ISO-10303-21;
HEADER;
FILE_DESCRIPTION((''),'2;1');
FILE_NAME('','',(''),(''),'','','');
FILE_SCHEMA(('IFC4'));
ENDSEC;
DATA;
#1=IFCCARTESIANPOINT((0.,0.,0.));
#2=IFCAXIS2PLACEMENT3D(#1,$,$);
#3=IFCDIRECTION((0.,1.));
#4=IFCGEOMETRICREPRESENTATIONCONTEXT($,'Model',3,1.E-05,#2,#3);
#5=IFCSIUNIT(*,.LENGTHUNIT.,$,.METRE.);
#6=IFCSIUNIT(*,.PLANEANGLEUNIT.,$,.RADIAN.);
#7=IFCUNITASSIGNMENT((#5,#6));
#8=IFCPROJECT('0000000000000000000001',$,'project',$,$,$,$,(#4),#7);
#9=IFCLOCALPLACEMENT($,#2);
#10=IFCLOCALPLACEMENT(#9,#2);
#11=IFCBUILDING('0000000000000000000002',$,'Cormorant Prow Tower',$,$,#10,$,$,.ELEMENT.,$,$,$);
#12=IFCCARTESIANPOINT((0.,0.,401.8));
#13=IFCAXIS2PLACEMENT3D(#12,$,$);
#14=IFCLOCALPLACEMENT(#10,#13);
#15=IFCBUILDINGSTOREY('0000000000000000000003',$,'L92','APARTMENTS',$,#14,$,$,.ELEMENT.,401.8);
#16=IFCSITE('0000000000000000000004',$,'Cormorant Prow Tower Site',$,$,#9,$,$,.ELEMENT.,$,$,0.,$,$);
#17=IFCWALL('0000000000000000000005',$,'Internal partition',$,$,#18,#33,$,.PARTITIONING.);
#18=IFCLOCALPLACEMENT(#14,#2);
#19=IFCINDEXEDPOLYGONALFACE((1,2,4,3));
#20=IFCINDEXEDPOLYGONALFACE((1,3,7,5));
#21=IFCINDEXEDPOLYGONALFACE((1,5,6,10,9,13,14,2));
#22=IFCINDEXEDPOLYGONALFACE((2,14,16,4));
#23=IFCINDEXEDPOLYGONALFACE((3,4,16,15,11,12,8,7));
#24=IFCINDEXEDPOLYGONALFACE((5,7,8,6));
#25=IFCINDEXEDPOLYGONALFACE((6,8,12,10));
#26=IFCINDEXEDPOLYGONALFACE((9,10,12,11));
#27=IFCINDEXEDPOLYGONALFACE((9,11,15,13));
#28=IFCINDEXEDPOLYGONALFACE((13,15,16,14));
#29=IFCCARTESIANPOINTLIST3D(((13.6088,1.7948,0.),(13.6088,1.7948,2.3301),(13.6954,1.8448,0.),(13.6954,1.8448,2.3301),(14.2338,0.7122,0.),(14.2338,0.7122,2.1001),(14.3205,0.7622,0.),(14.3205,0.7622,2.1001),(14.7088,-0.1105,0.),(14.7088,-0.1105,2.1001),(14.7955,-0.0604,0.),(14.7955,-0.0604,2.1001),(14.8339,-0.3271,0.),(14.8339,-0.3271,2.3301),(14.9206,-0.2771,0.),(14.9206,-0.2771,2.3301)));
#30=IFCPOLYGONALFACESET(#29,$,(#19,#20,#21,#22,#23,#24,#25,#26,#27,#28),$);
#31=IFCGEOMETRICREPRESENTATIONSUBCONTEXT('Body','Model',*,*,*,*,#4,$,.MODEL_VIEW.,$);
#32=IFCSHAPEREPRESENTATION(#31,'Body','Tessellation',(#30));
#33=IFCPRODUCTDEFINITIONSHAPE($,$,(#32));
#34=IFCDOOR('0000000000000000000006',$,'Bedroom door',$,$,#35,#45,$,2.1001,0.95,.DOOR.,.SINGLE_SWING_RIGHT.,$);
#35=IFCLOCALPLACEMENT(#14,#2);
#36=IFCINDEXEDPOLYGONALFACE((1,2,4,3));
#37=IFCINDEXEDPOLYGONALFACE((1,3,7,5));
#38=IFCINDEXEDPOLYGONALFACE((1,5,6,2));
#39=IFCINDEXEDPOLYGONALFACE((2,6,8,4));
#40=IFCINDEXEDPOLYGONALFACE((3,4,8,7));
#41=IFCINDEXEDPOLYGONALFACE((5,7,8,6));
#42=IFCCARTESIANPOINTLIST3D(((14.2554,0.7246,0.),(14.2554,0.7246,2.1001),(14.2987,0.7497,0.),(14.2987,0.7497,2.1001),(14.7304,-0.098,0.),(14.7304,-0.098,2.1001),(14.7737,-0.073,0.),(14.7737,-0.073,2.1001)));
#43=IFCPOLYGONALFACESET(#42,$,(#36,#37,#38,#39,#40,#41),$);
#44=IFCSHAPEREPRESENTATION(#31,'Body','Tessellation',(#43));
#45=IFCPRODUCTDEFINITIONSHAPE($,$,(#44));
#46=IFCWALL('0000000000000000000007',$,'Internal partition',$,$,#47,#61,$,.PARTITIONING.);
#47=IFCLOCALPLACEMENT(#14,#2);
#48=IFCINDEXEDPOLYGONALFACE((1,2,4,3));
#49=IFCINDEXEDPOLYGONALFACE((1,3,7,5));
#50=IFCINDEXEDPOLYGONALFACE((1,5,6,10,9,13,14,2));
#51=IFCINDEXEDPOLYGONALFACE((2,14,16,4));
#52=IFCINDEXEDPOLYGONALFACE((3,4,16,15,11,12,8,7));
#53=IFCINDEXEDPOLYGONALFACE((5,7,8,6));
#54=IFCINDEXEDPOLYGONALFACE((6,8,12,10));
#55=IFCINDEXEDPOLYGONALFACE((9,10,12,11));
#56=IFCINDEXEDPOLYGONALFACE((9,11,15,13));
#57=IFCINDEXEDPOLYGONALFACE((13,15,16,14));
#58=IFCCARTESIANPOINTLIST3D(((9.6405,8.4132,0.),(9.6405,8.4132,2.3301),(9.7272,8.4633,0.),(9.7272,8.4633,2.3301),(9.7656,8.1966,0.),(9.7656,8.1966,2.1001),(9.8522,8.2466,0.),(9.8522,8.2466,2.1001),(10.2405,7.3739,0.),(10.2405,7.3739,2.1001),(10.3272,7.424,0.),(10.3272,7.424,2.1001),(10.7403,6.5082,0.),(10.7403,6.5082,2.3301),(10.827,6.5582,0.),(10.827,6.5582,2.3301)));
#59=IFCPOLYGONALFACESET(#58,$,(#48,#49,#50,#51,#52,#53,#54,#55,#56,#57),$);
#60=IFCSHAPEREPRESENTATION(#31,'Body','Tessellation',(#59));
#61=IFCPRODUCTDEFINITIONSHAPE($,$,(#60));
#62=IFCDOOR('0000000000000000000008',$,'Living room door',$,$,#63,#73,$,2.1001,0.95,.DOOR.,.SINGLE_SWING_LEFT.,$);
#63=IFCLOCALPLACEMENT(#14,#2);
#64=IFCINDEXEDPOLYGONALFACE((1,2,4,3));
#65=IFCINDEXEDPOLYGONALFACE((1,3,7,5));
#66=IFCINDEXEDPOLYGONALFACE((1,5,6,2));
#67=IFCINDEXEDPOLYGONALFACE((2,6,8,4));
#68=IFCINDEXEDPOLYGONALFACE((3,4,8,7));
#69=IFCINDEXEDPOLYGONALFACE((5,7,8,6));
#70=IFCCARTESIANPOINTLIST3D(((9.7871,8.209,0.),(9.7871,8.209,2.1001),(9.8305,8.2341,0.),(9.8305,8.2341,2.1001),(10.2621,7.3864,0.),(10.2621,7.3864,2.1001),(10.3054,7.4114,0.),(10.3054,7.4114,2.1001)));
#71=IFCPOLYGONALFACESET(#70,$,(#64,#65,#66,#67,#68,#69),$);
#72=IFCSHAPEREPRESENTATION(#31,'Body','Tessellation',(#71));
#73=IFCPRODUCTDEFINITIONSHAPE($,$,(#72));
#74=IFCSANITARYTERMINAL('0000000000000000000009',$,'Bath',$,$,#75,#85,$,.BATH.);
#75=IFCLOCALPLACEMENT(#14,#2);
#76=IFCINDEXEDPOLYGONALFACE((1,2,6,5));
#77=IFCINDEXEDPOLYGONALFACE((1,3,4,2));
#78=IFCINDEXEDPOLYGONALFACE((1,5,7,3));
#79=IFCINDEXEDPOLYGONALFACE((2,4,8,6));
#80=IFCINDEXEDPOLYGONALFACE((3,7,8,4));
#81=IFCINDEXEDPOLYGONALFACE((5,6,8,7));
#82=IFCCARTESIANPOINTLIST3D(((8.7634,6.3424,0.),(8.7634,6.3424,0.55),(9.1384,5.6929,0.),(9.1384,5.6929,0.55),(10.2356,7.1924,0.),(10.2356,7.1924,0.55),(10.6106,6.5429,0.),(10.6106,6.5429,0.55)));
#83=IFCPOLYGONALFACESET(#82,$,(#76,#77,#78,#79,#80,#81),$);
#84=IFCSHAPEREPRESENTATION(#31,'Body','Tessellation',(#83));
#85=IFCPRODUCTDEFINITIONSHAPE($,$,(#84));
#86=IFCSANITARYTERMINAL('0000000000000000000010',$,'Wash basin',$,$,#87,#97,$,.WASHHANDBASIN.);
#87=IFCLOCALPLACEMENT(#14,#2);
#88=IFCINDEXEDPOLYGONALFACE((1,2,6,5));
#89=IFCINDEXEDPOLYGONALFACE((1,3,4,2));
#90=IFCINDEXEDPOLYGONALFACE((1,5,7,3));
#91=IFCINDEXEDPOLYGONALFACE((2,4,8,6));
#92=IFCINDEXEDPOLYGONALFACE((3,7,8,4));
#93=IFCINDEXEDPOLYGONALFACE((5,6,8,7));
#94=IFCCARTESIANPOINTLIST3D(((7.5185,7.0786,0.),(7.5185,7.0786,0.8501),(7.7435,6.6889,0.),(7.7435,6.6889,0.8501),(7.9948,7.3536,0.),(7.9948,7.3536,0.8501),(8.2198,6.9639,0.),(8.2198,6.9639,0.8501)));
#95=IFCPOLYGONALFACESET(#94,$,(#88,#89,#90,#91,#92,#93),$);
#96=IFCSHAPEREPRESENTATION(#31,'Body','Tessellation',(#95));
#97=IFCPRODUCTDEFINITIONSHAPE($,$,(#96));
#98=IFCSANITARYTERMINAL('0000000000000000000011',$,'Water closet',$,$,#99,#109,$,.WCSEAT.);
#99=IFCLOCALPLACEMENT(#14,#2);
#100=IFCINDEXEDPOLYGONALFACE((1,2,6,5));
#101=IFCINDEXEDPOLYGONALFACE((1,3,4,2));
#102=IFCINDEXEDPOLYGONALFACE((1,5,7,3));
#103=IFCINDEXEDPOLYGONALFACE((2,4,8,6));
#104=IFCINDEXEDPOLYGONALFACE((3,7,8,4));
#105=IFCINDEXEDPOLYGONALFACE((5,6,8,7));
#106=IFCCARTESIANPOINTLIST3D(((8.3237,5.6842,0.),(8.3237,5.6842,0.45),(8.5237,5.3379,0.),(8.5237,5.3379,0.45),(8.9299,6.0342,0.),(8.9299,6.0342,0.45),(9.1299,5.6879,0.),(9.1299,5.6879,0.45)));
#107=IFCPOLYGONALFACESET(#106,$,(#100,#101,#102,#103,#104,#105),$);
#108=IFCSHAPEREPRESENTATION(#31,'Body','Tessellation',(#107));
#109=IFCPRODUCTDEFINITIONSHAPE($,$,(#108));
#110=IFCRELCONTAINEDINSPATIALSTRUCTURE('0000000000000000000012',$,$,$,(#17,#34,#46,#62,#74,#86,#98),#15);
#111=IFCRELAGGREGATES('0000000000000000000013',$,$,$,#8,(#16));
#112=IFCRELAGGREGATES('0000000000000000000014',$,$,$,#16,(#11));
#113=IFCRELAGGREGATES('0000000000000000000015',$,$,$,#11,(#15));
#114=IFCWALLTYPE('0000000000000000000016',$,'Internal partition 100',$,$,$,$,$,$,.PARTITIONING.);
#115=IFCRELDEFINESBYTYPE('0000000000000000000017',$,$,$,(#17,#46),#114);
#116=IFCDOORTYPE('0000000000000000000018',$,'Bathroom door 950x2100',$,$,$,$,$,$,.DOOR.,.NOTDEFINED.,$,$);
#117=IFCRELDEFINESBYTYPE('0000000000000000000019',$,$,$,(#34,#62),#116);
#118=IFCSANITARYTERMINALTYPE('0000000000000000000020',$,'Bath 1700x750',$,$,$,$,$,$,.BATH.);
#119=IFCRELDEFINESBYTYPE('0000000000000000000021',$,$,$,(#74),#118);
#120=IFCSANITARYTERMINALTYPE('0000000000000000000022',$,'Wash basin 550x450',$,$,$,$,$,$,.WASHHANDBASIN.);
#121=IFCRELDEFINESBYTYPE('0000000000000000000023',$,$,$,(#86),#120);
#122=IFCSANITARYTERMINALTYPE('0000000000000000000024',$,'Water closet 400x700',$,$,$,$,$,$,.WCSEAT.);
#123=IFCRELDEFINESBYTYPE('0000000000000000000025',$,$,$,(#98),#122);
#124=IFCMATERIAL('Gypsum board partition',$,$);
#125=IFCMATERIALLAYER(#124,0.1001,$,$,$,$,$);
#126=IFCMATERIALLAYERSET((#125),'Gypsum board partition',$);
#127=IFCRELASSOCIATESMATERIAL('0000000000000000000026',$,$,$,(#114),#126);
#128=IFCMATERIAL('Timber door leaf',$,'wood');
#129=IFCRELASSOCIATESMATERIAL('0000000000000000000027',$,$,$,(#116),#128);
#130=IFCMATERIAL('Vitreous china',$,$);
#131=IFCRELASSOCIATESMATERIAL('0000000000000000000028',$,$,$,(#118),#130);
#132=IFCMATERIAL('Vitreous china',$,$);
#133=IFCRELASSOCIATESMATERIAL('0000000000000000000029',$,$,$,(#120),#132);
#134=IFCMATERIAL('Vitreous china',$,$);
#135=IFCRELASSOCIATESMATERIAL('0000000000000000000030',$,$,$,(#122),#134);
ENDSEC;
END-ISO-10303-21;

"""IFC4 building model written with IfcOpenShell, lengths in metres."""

from ifc_helpers import new_model, si_unit, direction, frame, frame_2d, origin, origin_2d, place, context, subcontext, project, spatial, rectangle, extrude, material, layer, layer_set, type_object, element, fill, save


model = new_model("IFC4")

# Units and contexts
model_context = context("Model", 3, precision=1e-05, world=origin(), true_north=direction((0.0, 1.0)))
body_context = subcontext(model_context, "Body", "Model", "MODEL_VIEW")
ifc_project = project(units=[si_unit("LENGTHUNIT", "METRE"), si_unit("PLANEANGLEUNIT", "RADIAN")], contexts=[model_context])

# Site, building, storey
site_placement = place(None, origin())
site = spatial("IfcSite", under=ifc_project, at=site_placement, Name="Cormorant Prow Tower Site", CompositionType="ELEMENT", RefElevation=0.0)
building_placement = place(site_placement, origin())
building = spatial("IfcBuilding", under=site, at=building_placement, Name="Cormorant Prow Tower", CompositionType="ELEMENT")
storey_placement = place(building_placement, frame((0.0, 0.0, 401.8)))
storey = spatial("IfcBuildingStorey", under=building, at=storey_placement, Name="L92", Description="APARTMENTS", CompositionType="ELEMENT", Elevation=401.8)

# Shared definitions
ifc_material_1 = material(Name="Gypsum board partition")
ifc_layer_1 = layer(ifc_material_1, 0.1001)
ifc_layer_set_1 = layer_set([ifc_layer_1], Name="Gypsum board partition")
wall_type_1 = type_object("IfcWallType", Name="Internal partition 100", PredefinedType="PARTITIONING", material=ifc_layer_set_1)
ifc_material_2 = material(Name="Timber door leaf", Category="wood")
door_type = type_object("IfcDoorType", Name="Bathroom door 950x2100", OperationType="NOTDEFINED", PredefinedType="DOOR", material=ifc_material_2)

# Walls, openings, doors
wall_1_placement = place(storey_placement, frame((13.6521, 1.8198, 0.0), z_axis=(0.0, 0.0, 1.0), x_axis=(0.500019, -0.866015, 0.0)))
wall_1 = element("IfcWall", 1, at=wall_1_placement, inside=storey, type_object=wall_type_1, Name="Internal partition", PredefinedType="PARTITIONING", context=body_context, shape_type="SweptSolid", body=[
    extrude(rectangle(XDim=2.4502, YDim=0.1001, at=frame_2d((1.2251, 0.0))), origin(), (0.0, 0.0, 1.0), 2.3301),
])
opening_1_placement = place(wall_1_placement, frame((1.25, 0.0, 0.0)))
opening_1 = element("IfcOpeningElement", 2, at=opening_1_placement, cuts=wall_1, PredefinedType="OPENING", context=body_context, shape_type="SweptSolid", body=[
    extrude(rectangle(XDim=0.95, YDim=2.1001, at=frame_2d((0.4751, 1.05))), frame((0.0, 0.0601, 0.0), z_axis=(0.0, -1.0, 0.0), x_axis=(1.0, 0.0, 0.0)), (0.0, 0.0, 1.0), 0.1201),
])
door_1_placement = place(opening_1_placement, origin())
door_1 = element("IfcDoor", 3, at=door_1_placement, inside=storey, type_object=door_type, Name="Bedroom door", OperationType="SINGLE_SWING_RIGHT", OverallHeight=2.1001, OverallWidth=0.95, PredefinedType="DOOR", context=body_context, shape_type="SweptSolid", body=[
    extrude(rectangle(XDim=0.95, YDim=2.1001, at=frame_2d((0.4751, 1.05))), frame((0.0, 0.0249, 0.0), z_axis=(0.0, -1.0, 0.0), x_axis=(1.0, 0.0, 0.0)), (0.0, 0.0, 1.0), 0.05),
])
fill(opening_1, door_1)
wall_2_placement = place(storey_placement, frame((9.6838, 8.4382, 0.0), z_axis=(0.0, 0.0, 1.0), x_axis=(0.499995, -0.866028, 0.0)))
wall_2 = element("IfcWall", 4, at=wall_2_placement, inside=storey, type_object=wall_type_1, Name="Internal partition", PredefinedType="PARTITIONING", context=body_context, shape_type="SweptSolid", body=[
    extrude(rectangle(XDim=2.1997, YDim=0.1001, at=frame_2d((1.0999, 0.0))), origin(), (0.0, 0.0, 1.0), 2.3301),
])
opening_2_placement = place(wall_2_placement, frame((0.25, 0.0, 0.0)))
opening_2 = element("IfcOpeningElement", 5, at=opening_2_placement, cuts=wall_2, PredefinedType="OPENING", context=body_context, shape_type="SweptSolid", body=[
    extrude(rectangle(XDim=0.95, YDim=2.1001, at=frame_2d((0.4751, 1.05))), frame((0.0, 0.0601, 0.0), z_axis=(0.0, -1.0, 0.0), x_axis=(1.0, 0.0, 0.0)), (0.0, 0.0, 1.0), 0.1201),
])
door_2_placement = place(opening_2_placement, origin())
door_2 = element("IfcDoor", 6, at=door_2_placement, inside=storey, type_object=door_type, Name="Living room door", OperationType="SINGLE_SWING_LEFT", OverallHeight=2.1001, OverallWidth=0.95, PredefinedType="DOOR", context=body_context, shape_type="SweptSolid", body=[
    extrude(rectangle(XDim=0.95, YDim=2.1001, at=frame_2d((0.4751, 1.05))), frame((0.0, 0.0249, 0.0), z_axis=(0.0, -1.0, 0.0), x_axis=(1.0, 0.0, 0.0)), (0.0, 0.0, 1.0), 0.05),
])
fill(opening_2, door_2)

# Sanitary terminals
ifc_material_3 = material(Name="Vitreous china")
sanitary_terminal_type_1 = type_object("IfcSanitaryTerminalType", Name="Bath 1700x750", PredefinedType="BATH", material=ifc_material_3)
sanitary_terminal_1_placement = place(storey_placement, frame((9.687, 6.4426, 0.0), z_axis=(0.0, 0.0, 1.0), x_axis=(-0.866025, -0.5, 0.0)))
element("IfcSanitaryTerminal", 7, at=sanitary_terminal_1_placement, inside=storey, type_object=sanitary_terminal_type_1, Name="Bath", PredefinedType="BATH", context=body_context, shape_type="SweptSolid", body=[
    extrude(rectangle(XDim=1.7, YDim=0.75, at=origin_2d()), origin(), (0.0, 0.0, 1.0), 0.55),
])
ifc_material_4 = material(Name="Vitreous china")
sanitary_terminal_type_2 = type_object("IfcSanitaryTerminalType", Name="Wash basin 550x450", PredefinedType="WASHHANDBASIN", material=ifc_material_4)
sanitary_terminal_2_placement = place(storey_placement, frame((7.8691, 7.0212, 0.0), z_axis=(0.0, 0.0, 1.0), x_axis=(0.866025, 0.5, 0.0)))
element("IfcSanitaryTerminal", 8, at=sanitary_terminal_2_placement, inside=storey, type_object=sanitary_terminal_type_2, Name="Wash basin", PredefinedType="WASHHANDBASIN", context=body_context, shape_type="SweptSolid", body=[
    extrude(rectangle(XDim=0.55, YDim=0.45, at=origin_2d()), origin(), (0.0, 0.0, 1.0), 0.8501),
])
ifc_material_5 = material(Name="Vitreous china")
sanitary_terminal_type_3 = type_object("IfcSanitaryTerminalType", Name="Water closet 400x700", PredefinedType="WCSEAT", material=ifc_material_5)
sanitary_terminal_3_placement = place(storey_placement, frame((8.7268, 5.686, 0.0), z_axis=(0.0, 0.0, 1.0), x_axis=(-0.5, 0.866025, 0.0)))
element("IfcSanitaryTerminal", 9, at=sanitary_terminal_3_placement, inside=storey, type_object=sanitary_terminal_type_3, Name="Water closet", PredefinedType="WCSEAT", context=body_context, shape_type="SweptSolid", body=[
    extrude(rectangle(XDim=0.3999, YDim=0.7, at=origin_2d()), origin(), (0.0, 0.0, 1.0), 0.45),
])

save(model, "model.ifc")
